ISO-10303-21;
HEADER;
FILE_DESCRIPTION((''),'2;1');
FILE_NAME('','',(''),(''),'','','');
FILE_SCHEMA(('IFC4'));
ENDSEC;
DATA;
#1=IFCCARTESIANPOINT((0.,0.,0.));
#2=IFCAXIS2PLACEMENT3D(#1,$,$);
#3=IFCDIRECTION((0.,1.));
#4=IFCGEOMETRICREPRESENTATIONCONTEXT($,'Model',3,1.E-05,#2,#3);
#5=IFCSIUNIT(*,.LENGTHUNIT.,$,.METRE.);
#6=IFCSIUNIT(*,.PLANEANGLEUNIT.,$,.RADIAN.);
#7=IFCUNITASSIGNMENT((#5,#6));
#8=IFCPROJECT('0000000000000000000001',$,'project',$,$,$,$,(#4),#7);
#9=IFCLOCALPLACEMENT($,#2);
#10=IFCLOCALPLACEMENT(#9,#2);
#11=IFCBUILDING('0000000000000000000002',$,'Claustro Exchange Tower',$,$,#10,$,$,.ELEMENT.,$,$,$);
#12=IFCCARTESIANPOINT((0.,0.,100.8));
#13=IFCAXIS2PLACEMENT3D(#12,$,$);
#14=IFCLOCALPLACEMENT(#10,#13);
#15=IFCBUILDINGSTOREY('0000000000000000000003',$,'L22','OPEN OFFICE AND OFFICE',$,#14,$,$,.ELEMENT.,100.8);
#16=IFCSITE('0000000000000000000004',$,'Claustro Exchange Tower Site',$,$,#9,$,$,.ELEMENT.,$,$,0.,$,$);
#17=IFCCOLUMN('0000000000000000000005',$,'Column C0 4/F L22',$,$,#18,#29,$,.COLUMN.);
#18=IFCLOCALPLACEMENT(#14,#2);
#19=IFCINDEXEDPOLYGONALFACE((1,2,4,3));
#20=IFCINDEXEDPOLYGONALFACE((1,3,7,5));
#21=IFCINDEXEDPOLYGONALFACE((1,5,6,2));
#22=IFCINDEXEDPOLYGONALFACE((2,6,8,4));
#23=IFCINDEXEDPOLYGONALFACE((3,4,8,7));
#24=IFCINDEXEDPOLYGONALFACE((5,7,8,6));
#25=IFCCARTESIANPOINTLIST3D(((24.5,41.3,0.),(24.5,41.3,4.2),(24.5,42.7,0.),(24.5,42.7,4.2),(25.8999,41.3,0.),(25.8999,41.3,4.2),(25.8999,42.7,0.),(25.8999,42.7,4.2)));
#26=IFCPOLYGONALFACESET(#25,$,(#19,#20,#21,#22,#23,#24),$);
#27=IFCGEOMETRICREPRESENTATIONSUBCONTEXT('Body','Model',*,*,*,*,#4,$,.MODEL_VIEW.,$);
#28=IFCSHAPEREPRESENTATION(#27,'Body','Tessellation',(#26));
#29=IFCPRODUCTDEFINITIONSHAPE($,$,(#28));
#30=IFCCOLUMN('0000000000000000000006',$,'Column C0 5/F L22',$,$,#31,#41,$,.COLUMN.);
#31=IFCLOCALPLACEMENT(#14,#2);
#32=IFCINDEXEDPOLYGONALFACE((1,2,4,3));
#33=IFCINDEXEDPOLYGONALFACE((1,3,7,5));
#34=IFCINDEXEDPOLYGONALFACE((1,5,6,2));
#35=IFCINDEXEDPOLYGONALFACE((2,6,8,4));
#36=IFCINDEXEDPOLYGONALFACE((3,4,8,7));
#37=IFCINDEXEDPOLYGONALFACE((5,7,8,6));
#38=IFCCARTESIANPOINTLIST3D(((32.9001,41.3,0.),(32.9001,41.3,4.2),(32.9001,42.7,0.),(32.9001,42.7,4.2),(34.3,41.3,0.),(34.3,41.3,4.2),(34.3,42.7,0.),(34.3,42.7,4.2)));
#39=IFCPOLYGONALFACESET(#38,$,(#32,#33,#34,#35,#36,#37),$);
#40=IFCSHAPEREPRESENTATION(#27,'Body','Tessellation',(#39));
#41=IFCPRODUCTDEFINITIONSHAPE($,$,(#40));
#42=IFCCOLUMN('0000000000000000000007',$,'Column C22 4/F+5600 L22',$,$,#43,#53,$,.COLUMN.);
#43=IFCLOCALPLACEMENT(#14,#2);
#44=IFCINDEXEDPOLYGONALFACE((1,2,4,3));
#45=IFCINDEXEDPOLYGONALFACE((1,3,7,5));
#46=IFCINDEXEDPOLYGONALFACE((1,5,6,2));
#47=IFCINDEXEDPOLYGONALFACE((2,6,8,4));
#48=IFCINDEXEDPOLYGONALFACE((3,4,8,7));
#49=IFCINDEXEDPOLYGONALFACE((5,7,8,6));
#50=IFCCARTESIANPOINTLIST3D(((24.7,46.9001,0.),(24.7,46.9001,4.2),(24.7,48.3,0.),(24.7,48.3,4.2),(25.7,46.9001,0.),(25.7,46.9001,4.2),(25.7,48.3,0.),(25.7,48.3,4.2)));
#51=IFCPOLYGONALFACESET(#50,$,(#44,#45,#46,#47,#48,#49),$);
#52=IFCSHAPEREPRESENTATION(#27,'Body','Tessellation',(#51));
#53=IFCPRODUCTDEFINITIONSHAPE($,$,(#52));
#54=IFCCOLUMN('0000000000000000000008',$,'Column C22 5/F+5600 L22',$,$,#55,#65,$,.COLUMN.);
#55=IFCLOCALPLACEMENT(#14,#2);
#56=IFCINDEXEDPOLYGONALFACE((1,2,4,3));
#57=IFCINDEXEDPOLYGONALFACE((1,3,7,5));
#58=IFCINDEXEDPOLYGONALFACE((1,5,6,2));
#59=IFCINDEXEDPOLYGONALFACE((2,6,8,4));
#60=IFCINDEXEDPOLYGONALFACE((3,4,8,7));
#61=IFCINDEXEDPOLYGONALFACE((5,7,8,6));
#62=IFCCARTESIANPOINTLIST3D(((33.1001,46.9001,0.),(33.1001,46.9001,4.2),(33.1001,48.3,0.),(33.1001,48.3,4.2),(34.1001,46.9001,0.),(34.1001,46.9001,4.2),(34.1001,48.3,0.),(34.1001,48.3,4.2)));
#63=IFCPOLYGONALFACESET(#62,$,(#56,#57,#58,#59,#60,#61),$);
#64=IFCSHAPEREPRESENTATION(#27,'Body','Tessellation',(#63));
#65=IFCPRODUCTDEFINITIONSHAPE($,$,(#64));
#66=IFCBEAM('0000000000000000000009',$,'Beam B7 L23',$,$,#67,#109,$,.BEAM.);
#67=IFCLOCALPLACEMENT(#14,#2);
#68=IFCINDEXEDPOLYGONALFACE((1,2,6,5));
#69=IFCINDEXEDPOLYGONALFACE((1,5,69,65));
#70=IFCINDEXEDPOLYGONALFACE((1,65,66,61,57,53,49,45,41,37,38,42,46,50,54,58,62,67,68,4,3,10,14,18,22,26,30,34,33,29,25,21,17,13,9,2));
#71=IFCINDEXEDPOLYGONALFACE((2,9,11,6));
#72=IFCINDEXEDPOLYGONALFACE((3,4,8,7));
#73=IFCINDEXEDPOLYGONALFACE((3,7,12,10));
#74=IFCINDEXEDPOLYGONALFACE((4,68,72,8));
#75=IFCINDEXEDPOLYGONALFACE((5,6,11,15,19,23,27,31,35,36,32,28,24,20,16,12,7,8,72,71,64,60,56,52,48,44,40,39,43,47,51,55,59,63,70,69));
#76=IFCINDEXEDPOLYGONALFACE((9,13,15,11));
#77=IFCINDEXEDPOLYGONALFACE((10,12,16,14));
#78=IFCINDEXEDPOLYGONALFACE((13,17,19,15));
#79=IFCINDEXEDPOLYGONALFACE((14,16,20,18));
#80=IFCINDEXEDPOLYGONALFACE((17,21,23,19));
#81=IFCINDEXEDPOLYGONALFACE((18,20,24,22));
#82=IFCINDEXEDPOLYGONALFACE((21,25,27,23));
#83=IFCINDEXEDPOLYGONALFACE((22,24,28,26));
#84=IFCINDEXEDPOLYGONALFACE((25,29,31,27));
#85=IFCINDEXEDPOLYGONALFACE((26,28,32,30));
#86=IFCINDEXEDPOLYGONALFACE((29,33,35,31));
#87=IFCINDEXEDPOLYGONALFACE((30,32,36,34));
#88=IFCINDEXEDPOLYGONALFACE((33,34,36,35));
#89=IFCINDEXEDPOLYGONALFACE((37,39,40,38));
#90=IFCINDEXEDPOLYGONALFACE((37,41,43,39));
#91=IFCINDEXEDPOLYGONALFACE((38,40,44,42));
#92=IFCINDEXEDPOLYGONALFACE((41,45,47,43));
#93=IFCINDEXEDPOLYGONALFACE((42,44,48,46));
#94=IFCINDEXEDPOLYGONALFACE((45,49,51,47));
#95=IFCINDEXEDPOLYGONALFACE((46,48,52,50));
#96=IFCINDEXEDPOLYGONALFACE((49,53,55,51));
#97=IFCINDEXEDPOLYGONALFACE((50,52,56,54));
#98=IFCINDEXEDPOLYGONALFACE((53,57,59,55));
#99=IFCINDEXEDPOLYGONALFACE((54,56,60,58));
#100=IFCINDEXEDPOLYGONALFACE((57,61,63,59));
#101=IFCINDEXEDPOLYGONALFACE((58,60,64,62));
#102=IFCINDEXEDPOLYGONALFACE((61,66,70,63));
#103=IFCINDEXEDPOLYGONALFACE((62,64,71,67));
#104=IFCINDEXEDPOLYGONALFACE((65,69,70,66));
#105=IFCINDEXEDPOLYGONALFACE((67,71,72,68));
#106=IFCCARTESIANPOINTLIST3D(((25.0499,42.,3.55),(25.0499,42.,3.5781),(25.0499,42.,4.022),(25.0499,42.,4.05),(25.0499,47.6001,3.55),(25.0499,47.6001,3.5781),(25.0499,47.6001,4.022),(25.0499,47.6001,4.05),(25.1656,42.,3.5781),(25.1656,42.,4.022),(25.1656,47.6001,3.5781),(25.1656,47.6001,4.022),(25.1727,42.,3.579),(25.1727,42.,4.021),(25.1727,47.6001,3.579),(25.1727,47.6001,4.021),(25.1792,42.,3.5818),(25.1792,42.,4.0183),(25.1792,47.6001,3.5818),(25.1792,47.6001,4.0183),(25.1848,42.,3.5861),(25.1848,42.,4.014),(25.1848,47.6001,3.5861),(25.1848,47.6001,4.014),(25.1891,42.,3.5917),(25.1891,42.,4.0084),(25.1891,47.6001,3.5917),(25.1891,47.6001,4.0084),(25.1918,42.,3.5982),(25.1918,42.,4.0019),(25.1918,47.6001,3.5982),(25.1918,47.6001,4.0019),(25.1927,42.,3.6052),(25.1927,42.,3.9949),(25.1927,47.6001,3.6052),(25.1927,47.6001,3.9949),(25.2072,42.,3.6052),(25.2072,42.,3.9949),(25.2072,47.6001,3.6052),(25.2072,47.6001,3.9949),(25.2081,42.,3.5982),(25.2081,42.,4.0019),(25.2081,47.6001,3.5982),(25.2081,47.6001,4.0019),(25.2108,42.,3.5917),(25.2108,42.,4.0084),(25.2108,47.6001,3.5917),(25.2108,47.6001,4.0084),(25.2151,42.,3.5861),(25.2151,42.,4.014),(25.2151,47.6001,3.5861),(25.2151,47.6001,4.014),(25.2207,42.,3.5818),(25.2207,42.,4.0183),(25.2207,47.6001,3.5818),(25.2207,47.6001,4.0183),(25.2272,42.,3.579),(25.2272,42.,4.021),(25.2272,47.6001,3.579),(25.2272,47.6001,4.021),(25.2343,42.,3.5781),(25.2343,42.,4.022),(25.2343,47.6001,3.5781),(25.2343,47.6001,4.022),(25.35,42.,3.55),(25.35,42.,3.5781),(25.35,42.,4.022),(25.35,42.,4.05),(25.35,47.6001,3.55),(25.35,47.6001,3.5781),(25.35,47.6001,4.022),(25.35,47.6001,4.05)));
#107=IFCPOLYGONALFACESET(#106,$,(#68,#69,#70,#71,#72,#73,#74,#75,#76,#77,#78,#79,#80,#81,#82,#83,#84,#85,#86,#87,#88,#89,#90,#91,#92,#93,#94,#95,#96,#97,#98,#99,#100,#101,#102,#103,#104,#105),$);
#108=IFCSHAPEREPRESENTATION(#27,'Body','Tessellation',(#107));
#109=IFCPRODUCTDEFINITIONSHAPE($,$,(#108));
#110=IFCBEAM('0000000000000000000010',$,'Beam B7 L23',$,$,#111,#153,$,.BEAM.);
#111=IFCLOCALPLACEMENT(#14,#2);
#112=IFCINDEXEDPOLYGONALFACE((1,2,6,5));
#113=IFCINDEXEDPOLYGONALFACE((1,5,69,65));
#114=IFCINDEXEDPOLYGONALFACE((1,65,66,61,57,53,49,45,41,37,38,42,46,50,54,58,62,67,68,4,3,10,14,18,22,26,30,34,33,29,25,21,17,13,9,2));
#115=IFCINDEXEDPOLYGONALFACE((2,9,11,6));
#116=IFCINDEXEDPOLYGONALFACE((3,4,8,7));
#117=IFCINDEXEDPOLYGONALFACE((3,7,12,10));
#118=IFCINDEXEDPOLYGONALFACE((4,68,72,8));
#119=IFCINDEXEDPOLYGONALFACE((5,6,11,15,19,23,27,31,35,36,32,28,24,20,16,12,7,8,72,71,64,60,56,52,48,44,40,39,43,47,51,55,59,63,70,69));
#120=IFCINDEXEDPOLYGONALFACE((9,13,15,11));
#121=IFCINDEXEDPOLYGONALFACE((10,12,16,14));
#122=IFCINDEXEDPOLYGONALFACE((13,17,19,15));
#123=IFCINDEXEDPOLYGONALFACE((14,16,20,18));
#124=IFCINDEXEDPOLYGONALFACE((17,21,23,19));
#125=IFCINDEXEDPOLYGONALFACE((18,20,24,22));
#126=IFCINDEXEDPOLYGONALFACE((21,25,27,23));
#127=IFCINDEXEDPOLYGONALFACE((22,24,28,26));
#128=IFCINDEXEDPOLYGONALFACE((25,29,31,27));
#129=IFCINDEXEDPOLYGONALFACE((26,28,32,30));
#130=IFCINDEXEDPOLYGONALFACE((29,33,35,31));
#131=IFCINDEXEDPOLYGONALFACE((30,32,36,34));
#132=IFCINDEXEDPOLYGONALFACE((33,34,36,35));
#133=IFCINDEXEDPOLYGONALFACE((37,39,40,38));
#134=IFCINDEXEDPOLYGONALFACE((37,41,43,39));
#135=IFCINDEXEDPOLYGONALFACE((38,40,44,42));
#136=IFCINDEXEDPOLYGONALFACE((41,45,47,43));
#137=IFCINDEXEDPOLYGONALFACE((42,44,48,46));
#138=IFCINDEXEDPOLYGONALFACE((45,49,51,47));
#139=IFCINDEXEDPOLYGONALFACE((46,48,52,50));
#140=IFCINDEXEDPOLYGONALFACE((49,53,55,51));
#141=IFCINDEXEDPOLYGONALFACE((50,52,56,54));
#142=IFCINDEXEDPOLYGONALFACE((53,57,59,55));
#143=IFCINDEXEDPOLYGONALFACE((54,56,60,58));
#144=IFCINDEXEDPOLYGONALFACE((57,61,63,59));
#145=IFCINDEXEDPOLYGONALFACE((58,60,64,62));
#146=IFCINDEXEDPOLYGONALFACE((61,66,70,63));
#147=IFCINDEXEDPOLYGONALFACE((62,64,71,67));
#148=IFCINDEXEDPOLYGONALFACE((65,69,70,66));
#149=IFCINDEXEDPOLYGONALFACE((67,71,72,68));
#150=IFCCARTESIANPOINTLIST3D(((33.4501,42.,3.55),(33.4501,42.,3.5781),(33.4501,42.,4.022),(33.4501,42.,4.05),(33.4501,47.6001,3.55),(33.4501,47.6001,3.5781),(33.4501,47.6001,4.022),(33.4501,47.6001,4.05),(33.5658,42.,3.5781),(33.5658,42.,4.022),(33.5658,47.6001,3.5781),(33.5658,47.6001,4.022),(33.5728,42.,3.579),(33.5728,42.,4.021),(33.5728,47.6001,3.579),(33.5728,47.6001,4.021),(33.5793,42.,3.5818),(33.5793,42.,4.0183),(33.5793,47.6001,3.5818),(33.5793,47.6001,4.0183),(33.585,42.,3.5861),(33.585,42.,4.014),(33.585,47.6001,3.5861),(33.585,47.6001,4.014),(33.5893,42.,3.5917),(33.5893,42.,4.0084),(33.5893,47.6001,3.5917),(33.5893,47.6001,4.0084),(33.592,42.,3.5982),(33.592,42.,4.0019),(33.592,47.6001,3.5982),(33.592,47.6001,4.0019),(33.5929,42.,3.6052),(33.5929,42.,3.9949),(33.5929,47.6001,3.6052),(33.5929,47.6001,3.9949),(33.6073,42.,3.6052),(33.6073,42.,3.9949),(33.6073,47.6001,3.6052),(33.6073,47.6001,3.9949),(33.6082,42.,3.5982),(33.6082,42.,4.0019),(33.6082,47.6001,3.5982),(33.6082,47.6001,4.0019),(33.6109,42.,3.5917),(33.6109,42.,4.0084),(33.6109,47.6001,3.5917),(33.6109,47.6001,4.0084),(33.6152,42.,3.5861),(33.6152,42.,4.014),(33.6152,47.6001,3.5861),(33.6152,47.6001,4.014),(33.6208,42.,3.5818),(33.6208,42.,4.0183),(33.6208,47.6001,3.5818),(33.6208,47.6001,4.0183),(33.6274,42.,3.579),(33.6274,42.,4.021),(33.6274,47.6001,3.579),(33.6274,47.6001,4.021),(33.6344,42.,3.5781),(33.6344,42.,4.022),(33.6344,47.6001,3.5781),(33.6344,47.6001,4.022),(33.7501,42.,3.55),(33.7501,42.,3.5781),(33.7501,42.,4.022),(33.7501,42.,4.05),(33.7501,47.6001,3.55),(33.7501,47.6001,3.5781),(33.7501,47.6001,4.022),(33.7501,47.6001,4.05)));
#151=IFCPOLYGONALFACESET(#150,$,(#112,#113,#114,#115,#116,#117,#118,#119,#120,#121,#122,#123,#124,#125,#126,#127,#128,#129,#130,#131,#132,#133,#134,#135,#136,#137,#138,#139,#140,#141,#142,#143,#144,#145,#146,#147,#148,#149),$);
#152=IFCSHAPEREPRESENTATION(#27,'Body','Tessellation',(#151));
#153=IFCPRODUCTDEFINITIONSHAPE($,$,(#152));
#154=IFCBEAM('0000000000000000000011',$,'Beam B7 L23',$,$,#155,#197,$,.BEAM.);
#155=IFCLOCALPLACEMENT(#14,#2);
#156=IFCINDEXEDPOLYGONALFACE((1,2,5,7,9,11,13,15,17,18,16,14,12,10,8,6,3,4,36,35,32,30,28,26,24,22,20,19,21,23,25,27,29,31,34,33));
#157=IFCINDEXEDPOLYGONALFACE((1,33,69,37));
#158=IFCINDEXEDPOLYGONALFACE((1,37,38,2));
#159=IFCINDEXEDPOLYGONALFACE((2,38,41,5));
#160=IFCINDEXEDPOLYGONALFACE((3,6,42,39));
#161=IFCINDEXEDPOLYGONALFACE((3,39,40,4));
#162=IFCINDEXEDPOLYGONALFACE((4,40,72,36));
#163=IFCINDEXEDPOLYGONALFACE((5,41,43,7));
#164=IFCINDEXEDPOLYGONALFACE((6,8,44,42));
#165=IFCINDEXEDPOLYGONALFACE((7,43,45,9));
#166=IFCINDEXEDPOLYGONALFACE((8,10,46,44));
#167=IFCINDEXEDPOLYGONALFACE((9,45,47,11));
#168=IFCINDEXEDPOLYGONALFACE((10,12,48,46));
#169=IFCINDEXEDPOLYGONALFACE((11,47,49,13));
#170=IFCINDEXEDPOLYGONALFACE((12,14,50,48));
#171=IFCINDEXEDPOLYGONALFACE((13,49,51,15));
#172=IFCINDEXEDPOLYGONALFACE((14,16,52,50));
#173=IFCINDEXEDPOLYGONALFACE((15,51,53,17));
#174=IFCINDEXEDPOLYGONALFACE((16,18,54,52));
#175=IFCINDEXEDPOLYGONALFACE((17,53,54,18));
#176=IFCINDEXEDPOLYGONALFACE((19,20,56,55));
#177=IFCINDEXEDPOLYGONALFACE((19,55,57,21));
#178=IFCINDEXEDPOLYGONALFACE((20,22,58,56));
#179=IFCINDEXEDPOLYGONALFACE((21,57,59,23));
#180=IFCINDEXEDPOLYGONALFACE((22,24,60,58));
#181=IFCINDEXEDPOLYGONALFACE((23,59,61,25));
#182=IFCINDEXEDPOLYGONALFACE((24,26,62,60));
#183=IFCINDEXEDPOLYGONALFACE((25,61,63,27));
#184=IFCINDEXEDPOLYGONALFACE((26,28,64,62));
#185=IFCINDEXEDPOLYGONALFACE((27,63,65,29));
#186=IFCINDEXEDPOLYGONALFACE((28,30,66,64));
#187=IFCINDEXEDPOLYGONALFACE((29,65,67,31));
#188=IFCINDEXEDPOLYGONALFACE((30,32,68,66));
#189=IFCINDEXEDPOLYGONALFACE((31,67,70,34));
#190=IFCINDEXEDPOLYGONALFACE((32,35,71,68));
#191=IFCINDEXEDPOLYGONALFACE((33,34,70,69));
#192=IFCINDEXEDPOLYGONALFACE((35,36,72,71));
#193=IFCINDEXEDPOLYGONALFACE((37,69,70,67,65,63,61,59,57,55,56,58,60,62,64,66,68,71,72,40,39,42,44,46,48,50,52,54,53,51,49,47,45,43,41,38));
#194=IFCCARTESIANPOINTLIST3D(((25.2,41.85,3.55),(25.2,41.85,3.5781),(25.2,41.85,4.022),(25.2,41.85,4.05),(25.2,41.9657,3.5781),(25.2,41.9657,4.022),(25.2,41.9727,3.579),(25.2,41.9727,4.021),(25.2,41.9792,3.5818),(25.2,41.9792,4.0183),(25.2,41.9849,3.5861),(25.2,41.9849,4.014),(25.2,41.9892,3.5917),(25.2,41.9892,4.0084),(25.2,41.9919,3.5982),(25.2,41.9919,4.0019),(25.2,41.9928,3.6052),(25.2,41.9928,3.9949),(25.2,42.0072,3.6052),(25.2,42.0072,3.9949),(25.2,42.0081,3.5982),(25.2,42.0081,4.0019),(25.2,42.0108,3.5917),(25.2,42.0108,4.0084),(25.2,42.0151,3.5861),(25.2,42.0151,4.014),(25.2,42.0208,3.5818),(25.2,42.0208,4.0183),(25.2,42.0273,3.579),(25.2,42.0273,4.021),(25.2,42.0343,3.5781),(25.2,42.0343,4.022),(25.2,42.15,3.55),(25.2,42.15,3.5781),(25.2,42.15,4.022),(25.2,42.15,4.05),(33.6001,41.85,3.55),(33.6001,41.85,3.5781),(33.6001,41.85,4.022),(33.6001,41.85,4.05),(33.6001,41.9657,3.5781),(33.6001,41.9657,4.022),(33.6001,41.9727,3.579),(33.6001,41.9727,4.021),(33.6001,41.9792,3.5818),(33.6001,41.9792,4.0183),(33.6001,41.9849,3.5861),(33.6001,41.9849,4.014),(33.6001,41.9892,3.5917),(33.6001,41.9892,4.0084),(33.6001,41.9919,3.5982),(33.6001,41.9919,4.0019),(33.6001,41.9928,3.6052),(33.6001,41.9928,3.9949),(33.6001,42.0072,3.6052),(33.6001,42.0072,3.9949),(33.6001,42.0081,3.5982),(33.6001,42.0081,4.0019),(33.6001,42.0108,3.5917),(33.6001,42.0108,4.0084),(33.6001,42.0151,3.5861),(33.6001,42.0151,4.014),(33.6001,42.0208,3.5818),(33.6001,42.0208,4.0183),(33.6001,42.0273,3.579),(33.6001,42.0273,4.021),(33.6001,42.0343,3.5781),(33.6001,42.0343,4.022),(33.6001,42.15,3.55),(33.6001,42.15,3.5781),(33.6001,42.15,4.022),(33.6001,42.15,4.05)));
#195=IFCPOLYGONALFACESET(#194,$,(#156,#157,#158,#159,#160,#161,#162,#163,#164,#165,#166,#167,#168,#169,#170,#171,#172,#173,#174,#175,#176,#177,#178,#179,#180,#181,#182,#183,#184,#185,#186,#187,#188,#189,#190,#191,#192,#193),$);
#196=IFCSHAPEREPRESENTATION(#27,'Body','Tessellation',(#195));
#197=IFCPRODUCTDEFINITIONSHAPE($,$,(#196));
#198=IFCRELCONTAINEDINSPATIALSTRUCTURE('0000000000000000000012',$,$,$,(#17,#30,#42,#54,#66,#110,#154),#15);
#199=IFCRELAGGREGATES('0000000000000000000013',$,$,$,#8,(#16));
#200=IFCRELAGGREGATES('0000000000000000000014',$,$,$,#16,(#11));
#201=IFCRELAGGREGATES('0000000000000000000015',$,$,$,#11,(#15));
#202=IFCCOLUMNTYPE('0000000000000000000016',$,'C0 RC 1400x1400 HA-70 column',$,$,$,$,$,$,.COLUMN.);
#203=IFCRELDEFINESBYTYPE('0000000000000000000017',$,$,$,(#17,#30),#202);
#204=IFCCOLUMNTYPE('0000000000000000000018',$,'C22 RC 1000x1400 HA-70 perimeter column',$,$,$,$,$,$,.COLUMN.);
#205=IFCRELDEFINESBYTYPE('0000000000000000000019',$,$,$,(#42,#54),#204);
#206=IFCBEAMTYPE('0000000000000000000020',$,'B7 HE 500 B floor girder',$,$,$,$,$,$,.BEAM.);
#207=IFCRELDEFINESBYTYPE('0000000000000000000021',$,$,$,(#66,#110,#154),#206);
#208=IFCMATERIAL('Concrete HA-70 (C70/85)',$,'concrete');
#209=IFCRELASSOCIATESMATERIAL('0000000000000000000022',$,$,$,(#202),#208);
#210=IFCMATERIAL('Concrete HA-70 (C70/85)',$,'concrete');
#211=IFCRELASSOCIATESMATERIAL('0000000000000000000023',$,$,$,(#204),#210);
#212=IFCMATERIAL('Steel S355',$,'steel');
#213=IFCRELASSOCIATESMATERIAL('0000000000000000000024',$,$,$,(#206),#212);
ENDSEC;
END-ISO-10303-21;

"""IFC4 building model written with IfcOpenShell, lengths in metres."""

from ifc_helpers import new_model, si_unit, direction, frame, origin, origin_2d, place, context, subcontext, project, spatial, rectangle, i_section, extrude, material, material_profile, profile_set, type_object, element, save


model = new_model("IFC4")

# Units and contexts
model_context = context("Model", 3, precision=1e-05, world=origin(), true_north=direction((0.0, 1.0)))
body_context = subcontext(model_context, "Body", "Model", "MODEL_VIEW")
ifc_project = project(units=[si_unit("LENGTHUNIT", "METRE"), si_unit("PLANEANGLEUNIT", "RADIAN")], contexts=[model_context])

# Site, building, storey
site_placement = place(None, origin())
site = spatial("IfcSite", under=ifc_project, at=site_placement, Name="Claustro Exchange Tower Site", CompositionType="ELEMENT", RefElevation=0.0)
building_placement = place(site_placement, origin())
building = spatial("IfcBuilding", under=site, at=building_placement, Name="Claustro Exchange Tower", CompositionType="ELEMENT")
storey_placement = place(building_placement, frame((0.0, 0.0, 100.8)))
storey = spatial("IfcBuildingStorey", under=building, at=storey_placement, Name="L22", Description="OPEN OFFICE AND OFFICE", CompositionType="ELEMENT", Elevation=100.8)

# Columns
ifc_material_1 = material(Name="Concrete HA-70 (C70/85)", Category="concrete")
ifc_material_profile_1 = material_profile(ifc_material_1, rectangle(XDim=1.3999, YDim=1.3999, at=origin_2d()), Name="RC 1400x1400")
ifc_profile_set_1 = profile_set([ifc_material_profile_1], Name="Concrete HA-70 (C70/85)")
column_type_1 = type_object("IfcColumnType", Name="C0 RC 1400x1400 HA-70 column", PredefinedType="COLUMN", material=ifc_profile_set_1)
for number, where, z_axis, x_axis, name in (
    (1, (25.2, 42.0, 0.0), (0.0, 0.0, 1.0), (1.0, 0.0, 0.0), "Column C0 4/F L22"),
    (2, (33.6001, 42.0, 0.0), (0.0, 0.0, 1.0), (1.0, 0.0, 0.0), "Column C0 5/F L22"),
):
    element("IfcColumn", number, at=place(storey_placement, frame(where, z_axis=z_axis, x_axis=x_axis)), inside=storey, type_object=column_type_1, Name=name, PredefinedType="COLUMN", context=body_context, shape_type="SweptSolid", body=[
        extrude(rectangle(XDim=1.3999, YDim=1.3999, at=origin_2d()), origin(), (0.0, 0.0, 1.0), 4.2),
    ])
ifc_material_2 = material(Name="Concrete HA-70 (C70/85)", Category="concrete")
ifc_material_profile_2 = material_profile(ifc_material_2, rectangle(XDim=1.0, YDim=1.3999, at=origin_2d()), Name="RC 1000x1400")
ifc_profile_set_2 = profile_set([ifc_material_profile_2], Name="Concrete HA-70 (C70/85)")
column_type_2 = type_object("IfcColumnType", Name="C22 RC 1000x1400 HA-70 perimeter column", PredefinedType="COLUMN", material=ifc_profile_set_2)
for number, where, z_axis, x_axis, name in (
    (3, (25.2, 47.6001, 0.0), (0.0, 0.0, 1.0), (1.0, 0.0, 0.0), "Column C22 4/F+5600 L22"),
    (4, (33.6001, 47.6001, 0.0), (0.0, 0.0, 1.0), (1.0, 0.0, 0.0), "Column C22 5/F+5600 L22"),
):
    element("IfcColumn", number, at=place(storey_placement, frame(where, z_axis=z_axis, x_axis=x_axis)), inside=storey, type_object=column_type_2, Name=name, PredefinedType="COLUMN", context=body_context, shape_type="SweptSolid", body=[
        extrude(rectangle(XDim=1.0, YDim=1.3999, at=origin_2d()), origin(), (0.0, 0.0, 1.0), 4.2),
    ])

# Beams
ifc_material_3 = material(Name="Steel S355", Category="steel")
ifc_material_profile_3 = material_profile(ifc_material_3, i_section(OverallWidth=0.3, OverallDepth=0.5, WebThickness=0.0144, FlangeThickness=0.0281, FilletRadius=0.0271, at=origin_2d()), Name="HE 500 B")
ifc_profile_set_3 = profile_set([ifc_material_profile_3], Name="Steel S355")
beam_type_1 = type_object("IfcBeamType", Name="B7 HE 500 B floor girder", PredefinedType="BEAM", material=ifc_profile_set_3)
for number, where, z_axis, x_axis, name in (
    (5, (25.2, 42.0, 3.8), (0.0, 1.0, 0.0), (-1.0, 0.0, 0.0), "Beam B7 L23"),
    (6, (33.6001, 42.0, 3.8), (0.0, 1.0, 0.0), (-1.0, 0.0, 0.0), "Beam B7 L23"),
):
    element("IfcBeam", number, at=place(storey_placement, frame(where, z_axis=z_axis, x_axis=x_axis)), inside=storey, type_object=beam_type_1, Name=name, PredefinedType="BEAM", context=body_context, shape_type="SweptSolid", body=[
        extrude(i_section(OverallWidth=0.3, OverallDepth=0.5, WebThickness=0.0144, FlangeThickness=0.0281, FilletRadius=0.0271, at=origin_2d()), origin(), (0.0, 0.0, 1.0), 5.6001),
    ])
beam_1_placement = place(storey_placement, frame((25.2, 42.0, 3.8), z_axis=(1.0, 0.0, 0.0), x_axis=(0.0, 1.0, 0.0)))
element("IfcBeam", 7, at=beam_1_placement, inside=storey, type_object=beam_type_1, Name="Beam B7 L23", PredefinedType="BEAM", context=body_context, shape_type="SweptSolid", body=[
    extrude(i_section(OverallWidth=0.3, OverallDepth=0.5, WebThickness=0.0144, FlangeThickness=0.0281, FilletRadius=0.0271, at=origin_2d()), origin(), (0.0, 0.0, 1.0), 8.4001),
])

save(model, "model.ifc")
